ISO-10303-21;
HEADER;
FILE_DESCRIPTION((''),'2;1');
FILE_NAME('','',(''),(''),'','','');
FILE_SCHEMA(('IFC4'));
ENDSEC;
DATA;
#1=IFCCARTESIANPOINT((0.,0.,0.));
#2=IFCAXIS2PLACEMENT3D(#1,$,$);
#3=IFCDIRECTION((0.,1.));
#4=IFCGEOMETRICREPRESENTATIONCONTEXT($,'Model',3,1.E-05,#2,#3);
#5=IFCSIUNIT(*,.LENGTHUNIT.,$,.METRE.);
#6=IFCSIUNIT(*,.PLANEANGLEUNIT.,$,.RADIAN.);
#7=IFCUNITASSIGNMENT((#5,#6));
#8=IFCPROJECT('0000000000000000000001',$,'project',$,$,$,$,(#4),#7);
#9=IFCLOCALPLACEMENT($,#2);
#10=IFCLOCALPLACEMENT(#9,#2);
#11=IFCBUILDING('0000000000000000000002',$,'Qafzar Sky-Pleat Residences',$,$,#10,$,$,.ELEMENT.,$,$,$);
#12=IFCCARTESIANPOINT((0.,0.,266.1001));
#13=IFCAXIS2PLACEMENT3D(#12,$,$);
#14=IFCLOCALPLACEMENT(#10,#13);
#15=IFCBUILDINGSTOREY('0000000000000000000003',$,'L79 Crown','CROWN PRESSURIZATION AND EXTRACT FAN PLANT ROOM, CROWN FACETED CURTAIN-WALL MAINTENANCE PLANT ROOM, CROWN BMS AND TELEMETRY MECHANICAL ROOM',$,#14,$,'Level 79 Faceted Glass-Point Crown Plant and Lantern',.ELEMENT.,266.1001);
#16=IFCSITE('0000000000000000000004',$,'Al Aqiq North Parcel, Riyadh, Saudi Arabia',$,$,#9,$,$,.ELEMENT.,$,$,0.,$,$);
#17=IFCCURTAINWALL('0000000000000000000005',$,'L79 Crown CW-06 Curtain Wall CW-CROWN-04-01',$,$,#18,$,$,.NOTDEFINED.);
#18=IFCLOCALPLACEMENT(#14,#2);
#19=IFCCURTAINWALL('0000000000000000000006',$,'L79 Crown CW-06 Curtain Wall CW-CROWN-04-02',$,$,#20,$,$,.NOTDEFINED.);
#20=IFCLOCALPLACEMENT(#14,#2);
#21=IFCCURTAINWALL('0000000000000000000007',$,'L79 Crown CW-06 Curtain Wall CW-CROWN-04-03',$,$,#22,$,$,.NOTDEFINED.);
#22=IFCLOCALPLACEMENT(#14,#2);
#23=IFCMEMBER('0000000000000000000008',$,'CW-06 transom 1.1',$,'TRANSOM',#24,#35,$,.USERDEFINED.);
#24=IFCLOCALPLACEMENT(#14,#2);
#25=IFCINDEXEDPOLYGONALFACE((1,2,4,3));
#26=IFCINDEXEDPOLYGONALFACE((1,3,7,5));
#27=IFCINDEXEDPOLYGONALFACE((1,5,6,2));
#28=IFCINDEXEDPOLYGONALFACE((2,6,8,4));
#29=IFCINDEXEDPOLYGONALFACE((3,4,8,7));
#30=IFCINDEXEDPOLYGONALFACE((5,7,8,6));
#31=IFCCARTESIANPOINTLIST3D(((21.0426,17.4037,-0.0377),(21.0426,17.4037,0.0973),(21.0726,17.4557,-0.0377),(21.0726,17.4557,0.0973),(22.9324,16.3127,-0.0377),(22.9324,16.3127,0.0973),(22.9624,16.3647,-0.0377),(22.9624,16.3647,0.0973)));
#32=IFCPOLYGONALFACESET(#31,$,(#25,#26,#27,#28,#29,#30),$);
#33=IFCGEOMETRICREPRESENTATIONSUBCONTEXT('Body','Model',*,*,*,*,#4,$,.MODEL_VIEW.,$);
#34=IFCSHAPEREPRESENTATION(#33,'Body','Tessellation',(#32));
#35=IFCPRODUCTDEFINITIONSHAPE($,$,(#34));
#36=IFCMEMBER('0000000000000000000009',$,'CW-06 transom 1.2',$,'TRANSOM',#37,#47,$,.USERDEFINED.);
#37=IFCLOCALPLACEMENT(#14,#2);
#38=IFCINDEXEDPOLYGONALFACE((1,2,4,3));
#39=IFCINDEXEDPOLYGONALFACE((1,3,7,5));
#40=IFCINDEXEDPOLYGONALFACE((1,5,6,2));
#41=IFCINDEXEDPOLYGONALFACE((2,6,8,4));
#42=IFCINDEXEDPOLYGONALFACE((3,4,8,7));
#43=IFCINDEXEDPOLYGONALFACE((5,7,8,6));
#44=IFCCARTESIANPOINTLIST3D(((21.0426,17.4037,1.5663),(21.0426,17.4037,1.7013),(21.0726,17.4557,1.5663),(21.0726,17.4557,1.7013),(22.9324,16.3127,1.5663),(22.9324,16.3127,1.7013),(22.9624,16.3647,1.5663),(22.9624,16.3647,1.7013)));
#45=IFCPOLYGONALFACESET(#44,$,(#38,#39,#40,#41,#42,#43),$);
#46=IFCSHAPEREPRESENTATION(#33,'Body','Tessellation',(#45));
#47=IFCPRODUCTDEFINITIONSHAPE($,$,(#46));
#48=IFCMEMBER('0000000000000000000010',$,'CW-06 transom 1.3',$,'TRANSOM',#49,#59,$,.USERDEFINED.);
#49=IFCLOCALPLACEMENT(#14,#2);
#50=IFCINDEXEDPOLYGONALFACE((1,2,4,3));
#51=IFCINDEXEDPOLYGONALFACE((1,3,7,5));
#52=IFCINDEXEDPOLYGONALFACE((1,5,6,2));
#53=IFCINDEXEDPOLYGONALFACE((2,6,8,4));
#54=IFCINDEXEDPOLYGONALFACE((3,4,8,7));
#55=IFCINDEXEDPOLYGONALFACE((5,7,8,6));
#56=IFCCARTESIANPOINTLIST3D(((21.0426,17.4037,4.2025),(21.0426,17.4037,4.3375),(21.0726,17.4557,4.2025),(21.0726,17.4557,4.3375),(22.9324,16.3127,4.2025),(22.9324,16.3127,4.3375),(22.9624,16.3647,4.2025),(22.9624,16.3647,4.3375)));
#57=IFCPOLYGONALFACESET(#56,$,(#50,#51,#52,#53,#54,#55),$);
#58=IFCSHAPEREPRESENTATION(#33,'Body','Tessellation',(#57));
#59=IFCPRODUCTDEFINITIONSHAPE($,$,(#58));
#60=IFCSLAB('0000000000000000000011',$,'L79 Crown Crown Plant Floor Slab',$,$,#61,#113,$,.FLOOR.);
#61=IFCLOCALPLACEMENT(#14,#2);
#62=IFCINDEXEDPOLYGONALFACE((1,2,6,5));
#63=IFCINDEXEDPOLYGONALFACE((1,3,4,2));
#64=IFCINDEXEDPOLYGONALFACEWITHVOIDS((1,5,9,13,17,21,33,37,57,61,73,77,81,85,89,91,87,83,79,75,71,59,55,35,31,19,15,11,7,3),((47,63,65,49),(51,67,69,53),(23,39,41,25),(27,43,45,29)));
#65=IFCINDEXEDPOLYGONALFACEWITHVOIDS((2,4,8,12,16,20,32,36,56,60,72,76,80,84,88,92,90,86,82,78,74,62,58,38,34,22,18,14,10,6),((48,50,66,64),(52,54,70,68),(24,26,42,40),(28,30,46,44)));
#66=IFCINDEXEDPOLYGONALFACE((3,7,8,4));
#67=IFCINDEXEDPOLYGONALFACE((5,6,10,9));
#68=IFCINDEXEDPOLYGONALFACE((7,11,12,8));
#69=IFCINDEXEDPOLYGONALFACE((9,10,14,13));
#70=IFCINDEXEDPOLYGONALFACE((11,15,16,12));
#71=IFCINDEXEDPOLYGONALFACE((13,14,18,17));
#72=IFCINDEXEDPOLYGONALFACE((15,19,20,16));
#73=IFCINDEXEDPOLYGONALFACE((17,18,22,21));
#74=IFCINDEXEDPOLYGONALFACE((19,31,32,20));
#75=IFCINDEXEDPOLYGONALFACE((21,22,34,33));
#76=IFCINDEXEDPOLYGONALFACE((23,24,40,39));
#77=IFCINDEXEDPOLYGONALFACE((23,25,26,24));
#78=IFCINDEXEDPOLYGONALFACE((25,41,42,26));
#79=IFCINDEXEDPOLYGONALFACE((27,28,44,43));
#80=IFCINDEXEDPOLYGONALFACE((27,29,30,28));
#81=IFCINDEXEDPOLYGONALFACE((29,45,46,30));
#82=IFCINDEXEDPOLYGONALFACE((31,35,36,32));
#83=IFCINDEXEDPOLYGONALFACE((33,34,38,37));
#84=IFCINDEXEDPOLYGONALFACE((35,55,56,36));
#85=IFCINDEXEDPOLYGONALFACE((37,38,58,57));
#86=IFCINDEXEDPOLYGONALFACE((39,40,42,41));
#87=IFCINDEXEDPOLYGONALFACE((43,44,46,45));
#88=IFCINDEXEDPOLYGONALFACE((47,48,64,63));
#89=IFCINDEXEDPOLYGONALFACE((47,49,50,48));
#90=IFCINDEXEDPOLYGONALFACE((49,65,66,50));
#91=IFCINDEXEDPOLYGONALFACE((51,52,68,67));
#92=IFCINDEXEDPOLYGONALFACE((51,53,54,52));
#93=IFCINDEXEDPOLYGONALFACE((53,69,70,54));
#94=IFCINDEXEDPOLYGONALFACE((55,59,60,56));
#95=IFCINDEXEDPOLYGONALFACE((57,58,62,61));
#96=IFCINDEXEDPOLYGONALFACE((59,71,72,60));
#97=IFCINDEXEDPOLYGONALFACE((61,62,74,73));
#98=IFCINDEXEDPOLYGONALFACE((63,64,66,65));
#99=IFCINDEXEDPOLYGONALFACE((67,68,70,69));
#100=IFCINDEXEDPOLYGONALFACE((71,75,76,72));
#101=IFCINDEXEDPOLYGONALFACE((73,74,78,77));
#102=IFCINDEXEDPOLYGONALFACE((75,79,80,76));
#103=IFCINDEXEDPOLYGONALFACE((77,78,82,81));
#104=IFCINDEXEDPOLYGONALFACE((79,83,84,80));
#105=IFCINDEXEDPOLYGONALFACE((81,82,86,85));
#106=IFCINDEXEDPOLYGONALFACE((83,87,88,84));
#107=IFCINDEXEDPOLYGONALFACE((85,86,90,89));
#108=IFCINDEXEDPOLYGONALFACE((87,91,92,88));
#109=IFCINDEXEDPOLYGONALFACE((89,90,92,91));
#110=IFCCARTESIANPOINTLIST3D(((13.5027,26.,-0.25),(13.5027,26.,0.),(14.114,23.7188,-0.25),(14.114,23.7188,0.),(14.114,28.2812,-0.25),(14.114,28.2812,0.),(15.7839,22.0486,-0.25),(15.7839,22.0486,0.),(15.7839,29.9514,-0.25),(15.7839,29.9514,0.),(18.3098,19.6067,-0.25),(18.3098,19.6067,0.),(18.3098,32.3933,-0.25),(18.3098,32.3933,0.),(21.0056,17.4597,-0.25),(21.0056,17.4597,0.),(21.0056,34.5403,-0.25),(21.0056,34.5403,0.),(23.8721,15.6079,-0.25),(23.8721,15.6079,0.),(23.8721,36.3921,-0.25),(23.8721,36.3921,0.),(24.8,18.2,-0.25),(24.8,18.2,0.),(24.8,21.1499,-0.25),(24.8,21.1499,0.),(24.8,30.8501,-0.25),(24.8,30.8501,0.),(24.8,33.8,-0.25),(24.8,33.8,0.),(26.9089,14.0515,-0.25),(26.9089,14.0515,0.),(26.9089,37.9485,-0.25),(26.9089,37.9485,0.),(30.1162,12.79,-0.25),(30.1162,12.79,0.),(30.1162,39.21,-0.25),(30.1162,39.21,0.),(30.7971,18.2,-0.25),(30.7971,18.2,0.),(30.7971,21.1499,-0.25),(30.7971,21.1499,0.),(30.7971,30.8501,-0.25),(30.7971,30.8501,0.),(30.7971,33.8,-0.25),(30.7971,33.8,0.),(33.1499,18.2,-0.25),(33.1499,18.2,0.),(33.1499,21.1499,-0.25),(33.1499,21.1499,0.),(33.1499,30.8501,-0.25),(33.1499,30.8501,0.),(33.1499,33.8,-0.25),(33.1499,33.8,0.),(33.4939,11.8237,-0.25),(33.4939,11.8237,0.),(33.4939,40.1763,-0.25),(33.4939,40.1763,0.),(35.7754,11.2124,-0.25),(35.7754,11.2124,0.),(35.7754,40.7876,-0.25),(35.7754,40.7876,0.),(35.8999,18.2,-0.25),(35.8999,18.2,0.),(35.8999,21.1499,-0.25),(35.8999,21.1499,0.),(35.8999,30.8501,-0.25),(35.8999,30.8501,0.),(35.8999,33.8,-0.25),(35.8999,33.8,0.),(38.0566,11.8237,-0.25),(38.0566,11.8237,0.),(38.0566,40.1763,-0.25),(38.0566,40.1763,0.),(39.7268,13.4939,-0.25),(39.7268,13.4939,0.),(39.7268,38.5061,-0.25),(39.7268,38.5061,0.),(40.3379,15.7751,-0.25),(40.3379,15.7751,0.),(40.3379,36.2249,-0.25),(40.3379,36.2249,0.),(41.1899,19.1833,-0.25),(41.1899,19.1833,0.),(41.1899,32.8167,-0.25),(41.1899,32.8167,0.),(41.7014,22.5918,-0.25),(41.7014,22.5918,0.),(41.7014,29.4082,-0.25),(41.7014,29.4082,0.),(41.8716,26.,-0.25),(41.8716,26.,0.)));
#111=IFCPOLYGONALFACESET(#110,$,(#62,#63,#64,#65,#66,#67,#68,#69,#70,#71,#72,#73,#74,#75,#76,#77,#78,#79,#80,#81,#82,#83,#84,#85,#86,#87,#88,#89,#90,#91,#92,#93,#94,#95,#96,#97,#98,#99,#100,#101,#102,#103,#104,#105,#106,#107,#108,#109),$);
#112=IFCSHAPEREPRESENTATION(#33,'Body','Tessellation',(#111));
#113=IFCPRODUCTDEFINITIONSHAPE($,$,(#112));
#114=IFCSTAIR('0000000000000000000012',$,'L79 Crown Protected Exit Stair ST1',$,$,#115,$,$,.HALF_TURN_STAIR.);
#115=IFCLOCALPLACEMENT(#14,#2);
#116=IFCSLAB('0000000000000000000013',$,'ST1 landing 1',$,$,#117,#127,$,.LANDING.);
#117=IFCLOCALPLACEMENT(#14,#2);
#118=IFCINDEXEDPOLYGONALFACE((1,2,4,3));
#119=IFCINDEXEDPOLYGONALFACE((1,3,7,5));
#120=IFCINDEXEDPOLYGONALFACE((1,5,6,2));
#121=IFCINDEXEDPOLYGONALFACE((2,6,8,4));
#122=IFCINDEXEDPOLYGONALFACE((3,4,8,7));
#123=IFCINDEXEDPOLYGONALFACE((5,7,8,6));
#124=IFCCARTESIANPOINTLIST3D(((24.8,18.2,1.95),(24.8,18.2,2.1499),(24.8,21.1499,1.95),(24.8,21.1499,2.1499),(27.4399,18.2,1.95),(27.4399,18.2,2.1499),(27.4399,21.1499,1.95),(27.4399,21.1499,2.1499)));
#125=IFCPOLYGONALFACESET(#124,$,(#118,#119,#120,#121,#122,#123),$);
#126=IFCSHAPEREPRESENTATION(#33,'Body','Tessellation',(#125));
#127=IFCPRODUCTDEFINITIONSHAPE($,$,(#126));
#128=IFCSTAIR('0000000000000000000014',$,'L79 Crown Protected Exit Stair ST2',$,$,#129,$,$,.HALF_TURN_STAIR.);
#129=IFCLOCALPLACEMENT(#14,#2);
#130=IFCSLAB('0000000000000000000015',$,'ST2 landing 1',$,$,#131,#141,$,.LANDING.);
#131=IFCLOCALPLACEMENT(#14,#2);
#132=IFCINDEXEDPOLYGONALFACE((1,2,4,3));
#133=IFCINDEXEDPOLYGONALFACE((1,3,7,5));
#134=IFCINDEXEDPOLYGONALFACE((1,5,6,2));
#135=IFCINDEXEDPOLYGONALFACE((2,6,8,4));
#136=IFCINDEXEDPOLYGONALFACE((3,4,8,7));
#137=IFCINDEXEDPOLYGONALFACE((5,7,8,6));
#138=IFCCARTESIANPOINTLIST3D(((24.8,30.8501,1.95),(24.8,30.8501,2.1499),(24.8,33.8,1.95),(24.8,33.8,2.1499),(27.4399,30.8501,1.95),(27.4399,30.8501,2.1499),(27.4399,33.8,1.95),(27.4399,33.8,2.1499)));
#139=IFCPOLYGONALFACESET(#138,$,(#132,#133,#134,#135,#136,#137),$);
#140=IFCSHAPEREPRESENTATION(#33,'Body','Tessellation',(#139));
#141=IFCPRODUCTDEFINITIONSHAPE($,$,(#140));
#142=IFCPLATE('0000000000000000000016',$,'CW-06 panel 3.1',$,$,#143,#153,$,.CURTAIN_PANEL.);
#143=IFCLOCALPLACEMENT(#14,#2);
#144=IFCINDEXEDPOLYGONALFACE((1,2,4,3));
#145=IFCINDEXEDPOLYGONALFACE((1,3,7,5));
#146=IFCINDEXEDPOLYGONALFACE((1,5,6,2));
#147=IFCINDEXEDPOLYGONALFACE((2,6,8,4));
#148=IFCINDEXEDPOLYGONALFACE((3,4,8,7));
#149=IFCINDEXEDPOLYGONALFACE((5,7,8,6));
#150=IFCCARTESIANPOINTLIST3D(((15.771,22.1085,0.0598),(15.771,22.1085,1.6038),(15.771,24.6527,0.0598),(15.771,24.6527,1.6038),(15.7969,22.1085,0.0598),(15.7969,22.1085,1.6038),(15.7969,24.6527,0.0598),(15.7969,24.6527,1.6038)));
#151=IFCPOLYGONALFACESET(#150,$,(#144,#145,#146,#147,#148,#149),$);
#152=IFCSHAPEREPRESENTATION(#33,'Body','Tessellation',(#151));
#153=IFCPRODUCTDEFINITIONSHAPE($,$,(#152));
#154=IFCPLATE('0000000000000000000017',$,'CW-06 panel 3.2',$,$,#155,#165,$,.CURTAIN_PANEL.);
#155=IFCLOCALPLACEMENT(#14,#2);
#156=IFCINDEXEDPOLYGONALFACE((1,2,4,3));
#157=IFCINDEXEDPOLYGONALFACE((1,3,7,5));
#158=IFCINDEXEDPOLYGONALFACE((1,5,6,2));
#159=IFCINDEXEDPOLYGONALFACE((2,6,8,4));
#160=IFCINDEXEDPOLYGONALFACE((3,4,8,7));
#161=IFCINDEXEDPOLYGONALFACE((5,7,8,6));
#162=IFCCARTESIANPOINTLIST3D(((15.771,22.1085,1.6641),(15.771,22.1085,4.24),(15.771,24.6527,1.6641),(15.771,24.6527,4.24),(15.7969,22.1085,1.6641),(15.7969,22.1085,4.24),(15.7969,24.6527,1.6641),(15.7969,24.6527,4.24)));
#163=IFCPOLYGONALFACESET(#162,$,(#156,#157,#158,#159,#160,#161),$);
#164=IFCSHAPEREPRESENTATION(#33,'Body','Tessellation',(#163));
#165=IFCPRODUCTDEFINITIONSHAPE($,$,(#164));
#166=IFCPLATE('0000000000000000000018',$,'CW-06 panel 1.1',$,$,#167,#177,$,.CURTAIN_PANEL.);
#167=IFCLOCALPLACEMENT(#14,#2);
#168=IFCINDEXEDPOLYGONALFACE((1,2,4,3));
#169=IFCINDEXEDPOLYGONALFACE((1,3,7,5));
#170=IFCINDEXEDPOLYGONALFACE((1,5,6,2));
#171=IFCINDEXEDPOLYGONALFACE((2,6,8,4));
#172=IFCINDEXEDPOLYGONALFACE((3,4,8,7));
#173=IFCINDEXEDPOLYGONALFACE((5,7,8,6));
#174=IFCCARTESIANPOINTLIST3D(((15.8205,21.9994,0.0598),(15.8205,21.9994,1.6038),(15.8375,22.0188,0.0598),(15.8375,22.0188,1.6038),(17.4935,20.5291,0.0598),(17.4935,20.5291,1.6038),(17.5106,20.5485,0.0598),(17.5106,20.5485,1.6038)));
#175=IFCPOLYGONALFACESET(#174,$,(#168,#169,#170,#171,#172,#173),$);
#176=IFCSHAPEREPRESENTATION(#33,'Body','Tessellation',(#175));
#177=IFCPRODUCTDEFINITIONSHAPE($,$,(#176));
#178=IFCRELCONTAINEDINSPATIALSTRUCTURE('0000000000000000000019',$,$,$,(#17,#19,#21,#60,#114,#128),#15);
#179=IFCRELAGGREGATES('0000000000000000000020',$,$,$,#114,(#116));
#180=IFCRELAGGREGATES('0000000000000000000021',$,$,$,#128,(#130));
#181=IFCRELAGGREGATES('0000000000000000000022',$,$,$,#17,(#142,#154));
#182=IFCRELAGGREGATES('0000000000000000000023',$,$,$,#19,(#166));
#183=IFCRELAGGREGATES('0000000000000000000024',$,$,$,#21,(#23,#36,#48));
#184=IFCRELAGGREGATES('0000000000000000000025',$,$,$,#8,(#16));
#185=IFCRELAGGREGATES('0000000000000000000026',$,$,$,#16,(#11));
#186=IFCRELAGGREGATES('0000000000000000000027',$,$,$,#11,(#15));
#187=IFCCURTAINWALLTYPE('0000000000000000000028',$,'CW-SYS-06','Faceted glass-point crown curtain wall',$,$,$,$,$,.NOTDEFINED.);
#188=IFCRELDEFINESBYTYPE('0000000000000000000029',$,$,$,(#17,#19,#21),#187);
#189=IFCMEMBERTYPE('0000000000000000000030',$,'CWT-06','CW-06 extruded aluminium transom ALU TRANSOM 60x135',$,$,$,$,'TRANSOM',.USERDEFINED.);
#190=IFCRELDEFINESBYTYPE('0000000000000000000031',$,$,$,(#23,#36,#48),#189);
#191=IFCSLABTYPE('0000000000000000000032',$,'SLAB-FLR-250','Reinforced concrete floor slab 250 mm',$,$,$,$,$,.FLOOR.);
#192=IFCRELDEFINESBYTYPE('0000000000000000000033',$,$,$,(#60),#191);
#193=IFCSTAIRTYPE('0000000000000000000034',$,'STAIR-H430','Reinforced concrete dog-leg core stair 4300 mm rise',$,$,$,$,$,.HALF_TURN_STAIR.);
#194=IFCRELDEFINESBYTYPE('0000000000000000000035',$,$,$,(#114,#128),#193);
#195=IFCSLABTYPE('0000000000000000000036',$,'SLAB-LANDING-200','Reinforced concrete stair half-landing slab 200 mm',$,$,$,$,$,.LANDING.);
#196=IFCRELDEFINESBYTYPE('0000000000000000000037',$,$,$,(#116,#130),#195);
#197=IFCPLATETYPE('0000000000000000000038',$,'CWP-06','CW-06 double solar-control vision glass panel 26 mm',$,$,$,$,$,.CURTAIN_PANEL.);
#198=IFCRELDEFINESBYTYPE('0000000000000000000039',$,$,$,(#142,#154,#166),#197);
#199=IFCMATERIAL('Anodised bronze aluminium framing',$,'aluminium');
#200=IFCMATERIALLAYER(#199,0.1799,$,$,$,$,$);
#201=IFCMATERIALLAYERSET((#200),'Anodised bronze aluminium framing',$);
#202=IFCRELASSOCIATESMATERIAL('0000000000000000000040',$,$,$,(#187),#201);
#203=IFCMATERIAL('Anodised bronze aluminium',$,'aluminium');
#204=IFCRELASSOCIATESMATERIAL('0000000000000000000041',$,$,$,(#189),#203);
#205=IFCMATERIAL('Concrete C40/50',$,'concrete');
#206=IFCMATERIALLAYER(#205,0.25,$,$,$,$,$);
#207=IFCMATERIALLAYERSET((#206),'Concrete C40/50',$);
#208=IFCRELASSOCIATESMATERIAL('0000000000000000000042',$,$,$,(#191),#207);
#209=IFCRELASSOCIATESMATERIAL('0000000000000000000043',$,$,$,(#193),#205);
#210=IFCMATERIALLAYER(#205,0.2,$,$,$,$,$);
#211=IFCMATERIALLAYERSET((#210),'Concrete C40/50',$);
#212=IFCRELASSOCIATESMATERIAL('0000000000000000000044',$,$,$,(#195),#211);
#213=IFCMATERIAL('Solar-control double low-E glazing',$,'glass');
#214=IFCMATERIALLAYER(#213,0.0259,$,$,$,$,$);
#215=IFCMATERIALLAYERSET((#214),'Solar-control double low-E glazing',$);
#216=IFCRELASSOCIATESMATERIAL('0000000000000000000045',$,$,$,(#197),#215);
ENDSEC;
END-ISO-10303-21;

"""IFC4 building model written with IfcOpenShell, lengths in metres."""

from ifc_helpers import new_model, si_unit, direction, frame, origin, origin_2d, place, context, subcontext, project, spatial, polyline, rectangle, outline, extrude, source, transform, mapped, material, layer, layer_set, material_profile, profile_set, type_object, element, aggregate, save


model = new_model("IFC4")

# Units and contexts
model_context = context("Model", 3, precision=1e-05, world=origin(), true_north=direction((0.0, 1.0)))
body_context = subcontext(model_context, "Body", "Model", "MODEL_VIEW")
ifc_project = project(units=[si_unit("LENGTHUNIT", "METRE"), si_unit("PLANEANGLEUNIT", "RADIAN")], contexts=[model_context])

# Site, building, storey
site_placement = place(None, origin())
site = spatial("IfcSite", under=ifc_project, at=site_placement, Name="Al Aqiq North Parcel, Riyadh, Saudi Arabia", CompositionType="ELEMENT", RefElevation=0.0)
building_placement = place(site_placement, origin())
building = spatial("IfcBuilding", under=site, at=building_placement, Name="Qafzar Sky-Pleat Residences", CompositionType="ELEMENT")
storey_placement = place(building_placement, frame((0.0, 0.0, 266.1001)))
storey = spatial("IfcBuildingStorey", under=building, at=storey_placement, Name="L79 Crown", Description="CROWN PRESSURIZATION AND EXTRACT FAN PLANT ROOM, CROWN FACETED CURTAIN-WALL MAINTENANCE PLANT ROOM, CROWN BMS AND TELEMETRY MECHANICAL ROOM", LongName="Level 79 Faceted Glass-Point Crown Plant and Lantern", CompositionType="ELEMENT", Elevation=266.1001)

# Curtain wall
ifc_material_1 = material(Name="Anodised bronze aluminium framing", Category="aluminium")
ifc_layer_1 = layer(ifc_material_1, 0.1799)
ifc_layer_set_1 = layer_set([ifc_layer_1], Name="Anodised bronze aluminium framing")
curtain_wall_type = type_object("IfcCurtainWallType", Name="CW-SYS-06", Description="Faceted glass-point crown curtain wall", PredefinedType="NOTDEFINED", material=ifc_layer_set_1)
curtain_wall_1_placement = place(storey_placement, origin())
curtain_wall_1 = element("IfcCurtainWall", 1, at=curtain_wall_1_placement, inside=storey, type_object=curtain_wall_type, Name="L79 Crown CW-06 Curtain Wall CW-CROWN-04-01", PredefinedType="NOTDEFINED")
ifc_material_2 = material(Name="Anodised bronze aluminium", Category="aluminium")

# Curtain walls
curtain_wall_2_placement = place(storey_placement, origin())
curtain_wall_2 = element("IfcCurtainWall", 2, at=curtain_wall_2_placement, inside=storey, type_object=curtain_wall_type, Name="L79 Crown CW-06 Curtain Wall CW-CROWN-04-02", PredefinedType="NOTDEFINED")
curtain_wall_3_placement = place(storey_placement, origin())
curtain_wall_3 = element("IfcCurtainWall", 3, at=curtain_wall_3_placement, inside=storey, type_object=curtain_wall_type, Name="L79 Crown CW-06 Curtain Wall CW-CROWN-04-03", PredefinedType="NOTDEFINED")

# Members
ifc_material_profile_1 = material_profile(ifc_material_2, rectangle(XDim=0.0601, YDim=0.135, at=origin_2d()), Name="ALU TRANSOM 60x135")
ifc_profile_set_1 = profile_set([ifc_material_profile_1], Name="Anodised bronze aluminium")
member_type_1 = type_object("IfcMemberType", Name="CWT-06", Description="CW-06 extruded aluminium transom ALU TRANSOM 60x135", ElementType="TRANSOM", PredefinedType="USERDEFINED", material=ifc_profile_set_1)
shared_shape_1 = source(origin(), body_context, "Body", "SweptSolid", [
    extrude(rectangle(XDim=0.0601, YDim=0.135, at=origin_2d()), origin(), (0.0, 0.0, 1.0), 2.1821),
])
member_1_placement = place(storey_placement, frame((21.0576, 17.4297, 0.0298), z_axis=(0.866038, -0.499977, 0.0), x_axis=(0.499977, 0.866038, 0.0)))
member_1 = element("IfcMember", 4, at=member_1_placement, type_object=member_type_1, Name="CW-06 transom 1.1", ObjectType="TRANSOM", PredefinedType="USERDEFINED", context=body_context, shape_type="MappedRepresentation", body=[
    mapped(shared_shape_1, transform((0.0, 0.0, 0.0), x_axis=(1.0, 0.0, 0.0), y_axis=(0.0, 1.0, 0.0), z_axis=(0.0, 0.0, 1.0), scale=1.0)),
])
member_2_placement = place(storey_placement, frame((21.0576, 17.4297, 1.6338), z_axis=(0.866038, -0.499977, 0.0), x_axis=(0.499977, 0.866038, 0.0)))
member_2 = element("IfcMember", 5, at=member_2_placement, type_object=member_type_1, Name="CW-06 transom 1.2", ObjectType="TRANSOM", PredefinedType="USERDEFINED", context=body_context, shape_type="MappedRepresentation", body=[
    mapped(shared_shape_1, transform((0.0, 0.0, 0.0), x_axis=(1.0, 0.0, 0.0), y_axis=(0.0, 1.0, 0.0), z_axis=(0.0, 0.0, 1.0), scale=1.0)),
])
member_3_placement = place(storey_placement, frame((21.0576, 17.4297, 4.27), z_axis=(0.866038, -0.499977, 0.0), x_axis=(0.499977, 0.866038, 0.0)))
member_3 = element("IfcMember", 6, at=member_3_placement, type_object=member_type_1, Name="CW-06 transom 1.3", ObjectType="TRANSOM", PredefinedType="USERDEFINED", context=body_context, shape_type="MappedRepresentation", body=[
    mapped(shared_shape_1, transform((0.0, 0.0, 0.0), x_axis=(1.0, 0.0, 0.0), y_axis=(0.0, 1.0, 0.0), z_axis=(0.0, 0.0, 1.0), scale=1.0)),
])

# Slab
ifc_material_3 = material(Name="Concrete C40/50", Category="concrete")
ifc_layer_2 = layer(ifc_material_3, 0.25)
ifc_layer_set_2 = layer_set([ifc_layer_2], Name="Concrete C40/50")
slab_type_1 = type_object("IfcSlabType", Name="SLAB-FLR-250", Description="Reinforced concrete floor slab 250 mm", PredefinedType="FLOOR", material=ifc_layer_set_2)
slab_1_placement = place(storey_placement, frame((0.0, 0.0, -0.25)))
element("IfcSlab", 7, at=slab_1_placement, inside=storey, type_object=slab_type_1, Name="L79 Crown Crown Plant Floor Slab", PredefinedType="FLOOR", context=body_context, shape_type="SweptSolid", body=[
    extrude(outline(polyline([(15.7839, 29.9514), (14.114, 28.2812), (13.5027, 26.0), (14.114, 23.7188), (15.7839, 22.0486), (18.3098, 19.6067), (21.0056, 17.4597), (23.8721, 15.6079), (26.9089, 14.0515), (30.1162, 12.79), (33.4939, 11.8237), (35.7754, 11.2124), (38.0566, 11.8237), (39.7268, 13.4939), (40.3379, 15.7751), (41.1899, 19.1833), (41.7014, 22.5918), (41.8716, 26.0), (41.7014, 29.4082), (41.1899, 32.8167), (40.3379, 36.2249), (39.7268, 38.5061), (38.0566, 40.1763), (35.7754, 40.7876), (33.4939, 40.1763), (30.1162, 39.21), (26.9089, 37.9485), (23.8721, 36.3921), (21.0056, 34.5403), (18.3098, 32.3933), (15.7839, 29.9514)]), holes=[polyline([(30.7971, 21.1499), (24.8, 21.1499), (24.8, 18.2), (30.7971, 18.2), (30.7971, 21.1499)]), polyline([(30.7971, 33.8), (24.8, 33.8), (24.8, 30.8501), (30.7971, 30.8501), (30.7971, 33.8)]), polyline([(33.1499, 18.2), (35.8999, 18.2), (35.8999, 21.1499), (33.1499, 21.1499), (33.1499, 18.2)]), polyline([(33.1499, 30.8501), (35.8999, 30.8501), (35.8999, 33.8), (33.1499, 33.8), (33.1499, 30.8501)])]), origin(), (0.0, 0.0, 1.0), 0.25),
])

# Stairs, slabs
stair_type = type_object("IfcStairType", Name="STAIR-H430", Description="Reinforced concrete dog-leg core stair 4300 mm rise", PredefinedType="HALF_TURN_STAIR", material=ifc_material_3)
stair_1_placement = place(storey_placement, origin())
stair_1 = element("IfcStair", 8, at=stair_1_placement, inside=storey, type_object=stair_type, Name="L79 Crown Protected Exit Stair ST1", PredefinedType="HALF_TURN_STAIR")
ifc_layer_3 = layer(ifc_material_3, 0.2)
ifc_layer_set_3 = layer_set([ifc_layer_3], Name="Concrete C40/50")
slab_type_2 = type_object("IfcSlabType", Name="SLAB-LANDING-200", Description="Reinforced concrete stair half-landing slab 200 mm", PredefinedType="LANDING", material=ifc_layer_set_3)
slab_2_placement = place(storey_placement, frame((0.0, 0.0, 1.95)))
slab_2 = element("IfcSlab", 9, at=slab_2_placement, type_object=slab_type_2, Name="ST1 landing 1", PredefinedType="LANDING", context=body_context, shape_type="SweptSolid", body=[
    extrude(outline(polyline([(27.4399, 21.1499), (24.8, 21.1499), (24.8, 18.2), (27.4399, 18.2), (27.4399, 21.1499)])), origin(), (0.0, 0.0, 1.0), 0.2),
])
aggregate(stair_1, [slab_2])
stair_2_placement = place(storey_placement, origin())
stair_2 = element("IfcStair", 10, at=stair_2_placement, inside=storey, type_object=stair_type, Name="L79 Crown Protected Exit Stair ST2", PredefinedType="HALF_TURN_STAIR")
slab_3_placement = place(storey_placement, frame((0.0, 0.0, 1.95)))
slab_3 = element("IfcSlab", 11, at=slab_3_placement, type_object=slab_type_2, Name="ST2 landing 1", PredefinedType="LANDING", context=body_context, shape_type="SweptSolid", body=[
    extrude(outline(polyline([(27.4399, 33.8), (24.8, 33.8), (24.8, 30.8501), (27.4399, 30.8501), (27.4399, 33.8)])), origin(), (0.0, 0.0, 1.0), 0.2),
])
aggregate(stair_2, [slab_3])

# Plates
ifc_material_4 = material(Name="Solar-control double low-E glazing", Category="glass")
ifc_layer_4 = layer(ifc_material_4, 0.0259)
ifc_layer_set_4 = layer_set([ifc_layer_4], Name="Solar-control double low-E glazing")
plate_type = type_object("IfcPlateType", Name="CWP-06", Description="CW-06 double solar-control vision glass panel 26 mm", PredefinedType="CURTAIN_PANEL", material=ifc_layer_set_4)
shared_shape_2 = source(origin(), body_context, "Body", "SweptSolid", [
    extrude(rectangle(XDim=2.5442, YDim=0.0259, at=origin_2d()), origin(), (0.0, 0.0, 1.0), 1.5439),
])
plate_1_placement = place(storey_placement, frame((15.7839, 23.3806, 0.0598), z_axis=(0.0, 0.0, 1.0), x_axis=(0.0, -1.0, 0.0)))
plate_1 = element("IfcPlate", 12, at=plate_1_placement, type_object=plate_type, Name="CW-06 panel 3.1", PredefinedType="CURTAIN_PANEL", context=body_context, shape_type="MappedRepresentation", body=[
    mapped(shared_shape_2, transform((0.0, 0.0, 0.0), x_axis=(1.0, 0.0, 0.0), y_axis=(0.0, 1.0, 0.0), z_axis=(0.0, 0.0, 1.0), scale=1.0)),
])
shared_shape_3 = source(origin(), body_context, "Body", "SweptSolid", [
    extrude(rectangle(XDim=2.5442, YDim=0.0259, at=origin_2d()), origin(), (0.0, 0.0, 1.0), 2.5759),
])
plate_2_placement = place(storey_placement, frame((15.7839, 23.3806, 1.6641), z_axis=(0.0, 0.0, 1.0), x_axis=(0.0, -1.0, 0.0)))
plate_2 = element("IfcPlate", 13, at=plate_2_placement, type_object=plate_type, Name="CW-06 panel 3.2", PredefinedType="CURTAIN_PANEL", context=body_context, shape_type="MappedRepresentation", body=[
    mapped(shared_shape_3, transform((0.0, 0.0, 0.0), x_axis=(1.0, 0.0, 0.0), y_axis=(0.0, 1.0, 0.0), z_axis=(0.0, 0.0, 1.0), scale=1.0)),
])
aggregate(curtain_wall_1, [plate_1, plate_2])
shared_shape_4 = source(origin(), body_context, "Body", "SweptSolid", [
    extrude(rectangle(XDim=2.2273, YDim=0.0259, at=origin_2d()), origin(), (0.0, 0.0, 1.0), 1.5439),
])
plate_3_placement = place(storey_placement, frame((16.6655, 21.2739, 0.0598), z_axis=(0.0, 0.0, 1.0), x_axis=(0.751155, -0.660125, 0.0)))
plate_3 = element("IfcPlate", 14, at=plate_3_placement, type_object=plate_type, Name="CW-06 panel 1.1", PredefinedType="CURTAIN_PANEL", context=body_context, shape_type="MappedRepresentation", body=[
    mapped(shared_shape_4, transform((0.0, 0.0, 0.0), x_axis=(1.0, 0.0, 0.0), y_axis=(0.0, 1.0, 0.0), z_axis=(0.0, 0.0, 1.0), scale=1.0)),
])
aggregate(curtain_wall_2, [plate_3])
aggregate(curtain_wall_3, [member_1, member_2, member_3])

save(model, "model.ifc")
